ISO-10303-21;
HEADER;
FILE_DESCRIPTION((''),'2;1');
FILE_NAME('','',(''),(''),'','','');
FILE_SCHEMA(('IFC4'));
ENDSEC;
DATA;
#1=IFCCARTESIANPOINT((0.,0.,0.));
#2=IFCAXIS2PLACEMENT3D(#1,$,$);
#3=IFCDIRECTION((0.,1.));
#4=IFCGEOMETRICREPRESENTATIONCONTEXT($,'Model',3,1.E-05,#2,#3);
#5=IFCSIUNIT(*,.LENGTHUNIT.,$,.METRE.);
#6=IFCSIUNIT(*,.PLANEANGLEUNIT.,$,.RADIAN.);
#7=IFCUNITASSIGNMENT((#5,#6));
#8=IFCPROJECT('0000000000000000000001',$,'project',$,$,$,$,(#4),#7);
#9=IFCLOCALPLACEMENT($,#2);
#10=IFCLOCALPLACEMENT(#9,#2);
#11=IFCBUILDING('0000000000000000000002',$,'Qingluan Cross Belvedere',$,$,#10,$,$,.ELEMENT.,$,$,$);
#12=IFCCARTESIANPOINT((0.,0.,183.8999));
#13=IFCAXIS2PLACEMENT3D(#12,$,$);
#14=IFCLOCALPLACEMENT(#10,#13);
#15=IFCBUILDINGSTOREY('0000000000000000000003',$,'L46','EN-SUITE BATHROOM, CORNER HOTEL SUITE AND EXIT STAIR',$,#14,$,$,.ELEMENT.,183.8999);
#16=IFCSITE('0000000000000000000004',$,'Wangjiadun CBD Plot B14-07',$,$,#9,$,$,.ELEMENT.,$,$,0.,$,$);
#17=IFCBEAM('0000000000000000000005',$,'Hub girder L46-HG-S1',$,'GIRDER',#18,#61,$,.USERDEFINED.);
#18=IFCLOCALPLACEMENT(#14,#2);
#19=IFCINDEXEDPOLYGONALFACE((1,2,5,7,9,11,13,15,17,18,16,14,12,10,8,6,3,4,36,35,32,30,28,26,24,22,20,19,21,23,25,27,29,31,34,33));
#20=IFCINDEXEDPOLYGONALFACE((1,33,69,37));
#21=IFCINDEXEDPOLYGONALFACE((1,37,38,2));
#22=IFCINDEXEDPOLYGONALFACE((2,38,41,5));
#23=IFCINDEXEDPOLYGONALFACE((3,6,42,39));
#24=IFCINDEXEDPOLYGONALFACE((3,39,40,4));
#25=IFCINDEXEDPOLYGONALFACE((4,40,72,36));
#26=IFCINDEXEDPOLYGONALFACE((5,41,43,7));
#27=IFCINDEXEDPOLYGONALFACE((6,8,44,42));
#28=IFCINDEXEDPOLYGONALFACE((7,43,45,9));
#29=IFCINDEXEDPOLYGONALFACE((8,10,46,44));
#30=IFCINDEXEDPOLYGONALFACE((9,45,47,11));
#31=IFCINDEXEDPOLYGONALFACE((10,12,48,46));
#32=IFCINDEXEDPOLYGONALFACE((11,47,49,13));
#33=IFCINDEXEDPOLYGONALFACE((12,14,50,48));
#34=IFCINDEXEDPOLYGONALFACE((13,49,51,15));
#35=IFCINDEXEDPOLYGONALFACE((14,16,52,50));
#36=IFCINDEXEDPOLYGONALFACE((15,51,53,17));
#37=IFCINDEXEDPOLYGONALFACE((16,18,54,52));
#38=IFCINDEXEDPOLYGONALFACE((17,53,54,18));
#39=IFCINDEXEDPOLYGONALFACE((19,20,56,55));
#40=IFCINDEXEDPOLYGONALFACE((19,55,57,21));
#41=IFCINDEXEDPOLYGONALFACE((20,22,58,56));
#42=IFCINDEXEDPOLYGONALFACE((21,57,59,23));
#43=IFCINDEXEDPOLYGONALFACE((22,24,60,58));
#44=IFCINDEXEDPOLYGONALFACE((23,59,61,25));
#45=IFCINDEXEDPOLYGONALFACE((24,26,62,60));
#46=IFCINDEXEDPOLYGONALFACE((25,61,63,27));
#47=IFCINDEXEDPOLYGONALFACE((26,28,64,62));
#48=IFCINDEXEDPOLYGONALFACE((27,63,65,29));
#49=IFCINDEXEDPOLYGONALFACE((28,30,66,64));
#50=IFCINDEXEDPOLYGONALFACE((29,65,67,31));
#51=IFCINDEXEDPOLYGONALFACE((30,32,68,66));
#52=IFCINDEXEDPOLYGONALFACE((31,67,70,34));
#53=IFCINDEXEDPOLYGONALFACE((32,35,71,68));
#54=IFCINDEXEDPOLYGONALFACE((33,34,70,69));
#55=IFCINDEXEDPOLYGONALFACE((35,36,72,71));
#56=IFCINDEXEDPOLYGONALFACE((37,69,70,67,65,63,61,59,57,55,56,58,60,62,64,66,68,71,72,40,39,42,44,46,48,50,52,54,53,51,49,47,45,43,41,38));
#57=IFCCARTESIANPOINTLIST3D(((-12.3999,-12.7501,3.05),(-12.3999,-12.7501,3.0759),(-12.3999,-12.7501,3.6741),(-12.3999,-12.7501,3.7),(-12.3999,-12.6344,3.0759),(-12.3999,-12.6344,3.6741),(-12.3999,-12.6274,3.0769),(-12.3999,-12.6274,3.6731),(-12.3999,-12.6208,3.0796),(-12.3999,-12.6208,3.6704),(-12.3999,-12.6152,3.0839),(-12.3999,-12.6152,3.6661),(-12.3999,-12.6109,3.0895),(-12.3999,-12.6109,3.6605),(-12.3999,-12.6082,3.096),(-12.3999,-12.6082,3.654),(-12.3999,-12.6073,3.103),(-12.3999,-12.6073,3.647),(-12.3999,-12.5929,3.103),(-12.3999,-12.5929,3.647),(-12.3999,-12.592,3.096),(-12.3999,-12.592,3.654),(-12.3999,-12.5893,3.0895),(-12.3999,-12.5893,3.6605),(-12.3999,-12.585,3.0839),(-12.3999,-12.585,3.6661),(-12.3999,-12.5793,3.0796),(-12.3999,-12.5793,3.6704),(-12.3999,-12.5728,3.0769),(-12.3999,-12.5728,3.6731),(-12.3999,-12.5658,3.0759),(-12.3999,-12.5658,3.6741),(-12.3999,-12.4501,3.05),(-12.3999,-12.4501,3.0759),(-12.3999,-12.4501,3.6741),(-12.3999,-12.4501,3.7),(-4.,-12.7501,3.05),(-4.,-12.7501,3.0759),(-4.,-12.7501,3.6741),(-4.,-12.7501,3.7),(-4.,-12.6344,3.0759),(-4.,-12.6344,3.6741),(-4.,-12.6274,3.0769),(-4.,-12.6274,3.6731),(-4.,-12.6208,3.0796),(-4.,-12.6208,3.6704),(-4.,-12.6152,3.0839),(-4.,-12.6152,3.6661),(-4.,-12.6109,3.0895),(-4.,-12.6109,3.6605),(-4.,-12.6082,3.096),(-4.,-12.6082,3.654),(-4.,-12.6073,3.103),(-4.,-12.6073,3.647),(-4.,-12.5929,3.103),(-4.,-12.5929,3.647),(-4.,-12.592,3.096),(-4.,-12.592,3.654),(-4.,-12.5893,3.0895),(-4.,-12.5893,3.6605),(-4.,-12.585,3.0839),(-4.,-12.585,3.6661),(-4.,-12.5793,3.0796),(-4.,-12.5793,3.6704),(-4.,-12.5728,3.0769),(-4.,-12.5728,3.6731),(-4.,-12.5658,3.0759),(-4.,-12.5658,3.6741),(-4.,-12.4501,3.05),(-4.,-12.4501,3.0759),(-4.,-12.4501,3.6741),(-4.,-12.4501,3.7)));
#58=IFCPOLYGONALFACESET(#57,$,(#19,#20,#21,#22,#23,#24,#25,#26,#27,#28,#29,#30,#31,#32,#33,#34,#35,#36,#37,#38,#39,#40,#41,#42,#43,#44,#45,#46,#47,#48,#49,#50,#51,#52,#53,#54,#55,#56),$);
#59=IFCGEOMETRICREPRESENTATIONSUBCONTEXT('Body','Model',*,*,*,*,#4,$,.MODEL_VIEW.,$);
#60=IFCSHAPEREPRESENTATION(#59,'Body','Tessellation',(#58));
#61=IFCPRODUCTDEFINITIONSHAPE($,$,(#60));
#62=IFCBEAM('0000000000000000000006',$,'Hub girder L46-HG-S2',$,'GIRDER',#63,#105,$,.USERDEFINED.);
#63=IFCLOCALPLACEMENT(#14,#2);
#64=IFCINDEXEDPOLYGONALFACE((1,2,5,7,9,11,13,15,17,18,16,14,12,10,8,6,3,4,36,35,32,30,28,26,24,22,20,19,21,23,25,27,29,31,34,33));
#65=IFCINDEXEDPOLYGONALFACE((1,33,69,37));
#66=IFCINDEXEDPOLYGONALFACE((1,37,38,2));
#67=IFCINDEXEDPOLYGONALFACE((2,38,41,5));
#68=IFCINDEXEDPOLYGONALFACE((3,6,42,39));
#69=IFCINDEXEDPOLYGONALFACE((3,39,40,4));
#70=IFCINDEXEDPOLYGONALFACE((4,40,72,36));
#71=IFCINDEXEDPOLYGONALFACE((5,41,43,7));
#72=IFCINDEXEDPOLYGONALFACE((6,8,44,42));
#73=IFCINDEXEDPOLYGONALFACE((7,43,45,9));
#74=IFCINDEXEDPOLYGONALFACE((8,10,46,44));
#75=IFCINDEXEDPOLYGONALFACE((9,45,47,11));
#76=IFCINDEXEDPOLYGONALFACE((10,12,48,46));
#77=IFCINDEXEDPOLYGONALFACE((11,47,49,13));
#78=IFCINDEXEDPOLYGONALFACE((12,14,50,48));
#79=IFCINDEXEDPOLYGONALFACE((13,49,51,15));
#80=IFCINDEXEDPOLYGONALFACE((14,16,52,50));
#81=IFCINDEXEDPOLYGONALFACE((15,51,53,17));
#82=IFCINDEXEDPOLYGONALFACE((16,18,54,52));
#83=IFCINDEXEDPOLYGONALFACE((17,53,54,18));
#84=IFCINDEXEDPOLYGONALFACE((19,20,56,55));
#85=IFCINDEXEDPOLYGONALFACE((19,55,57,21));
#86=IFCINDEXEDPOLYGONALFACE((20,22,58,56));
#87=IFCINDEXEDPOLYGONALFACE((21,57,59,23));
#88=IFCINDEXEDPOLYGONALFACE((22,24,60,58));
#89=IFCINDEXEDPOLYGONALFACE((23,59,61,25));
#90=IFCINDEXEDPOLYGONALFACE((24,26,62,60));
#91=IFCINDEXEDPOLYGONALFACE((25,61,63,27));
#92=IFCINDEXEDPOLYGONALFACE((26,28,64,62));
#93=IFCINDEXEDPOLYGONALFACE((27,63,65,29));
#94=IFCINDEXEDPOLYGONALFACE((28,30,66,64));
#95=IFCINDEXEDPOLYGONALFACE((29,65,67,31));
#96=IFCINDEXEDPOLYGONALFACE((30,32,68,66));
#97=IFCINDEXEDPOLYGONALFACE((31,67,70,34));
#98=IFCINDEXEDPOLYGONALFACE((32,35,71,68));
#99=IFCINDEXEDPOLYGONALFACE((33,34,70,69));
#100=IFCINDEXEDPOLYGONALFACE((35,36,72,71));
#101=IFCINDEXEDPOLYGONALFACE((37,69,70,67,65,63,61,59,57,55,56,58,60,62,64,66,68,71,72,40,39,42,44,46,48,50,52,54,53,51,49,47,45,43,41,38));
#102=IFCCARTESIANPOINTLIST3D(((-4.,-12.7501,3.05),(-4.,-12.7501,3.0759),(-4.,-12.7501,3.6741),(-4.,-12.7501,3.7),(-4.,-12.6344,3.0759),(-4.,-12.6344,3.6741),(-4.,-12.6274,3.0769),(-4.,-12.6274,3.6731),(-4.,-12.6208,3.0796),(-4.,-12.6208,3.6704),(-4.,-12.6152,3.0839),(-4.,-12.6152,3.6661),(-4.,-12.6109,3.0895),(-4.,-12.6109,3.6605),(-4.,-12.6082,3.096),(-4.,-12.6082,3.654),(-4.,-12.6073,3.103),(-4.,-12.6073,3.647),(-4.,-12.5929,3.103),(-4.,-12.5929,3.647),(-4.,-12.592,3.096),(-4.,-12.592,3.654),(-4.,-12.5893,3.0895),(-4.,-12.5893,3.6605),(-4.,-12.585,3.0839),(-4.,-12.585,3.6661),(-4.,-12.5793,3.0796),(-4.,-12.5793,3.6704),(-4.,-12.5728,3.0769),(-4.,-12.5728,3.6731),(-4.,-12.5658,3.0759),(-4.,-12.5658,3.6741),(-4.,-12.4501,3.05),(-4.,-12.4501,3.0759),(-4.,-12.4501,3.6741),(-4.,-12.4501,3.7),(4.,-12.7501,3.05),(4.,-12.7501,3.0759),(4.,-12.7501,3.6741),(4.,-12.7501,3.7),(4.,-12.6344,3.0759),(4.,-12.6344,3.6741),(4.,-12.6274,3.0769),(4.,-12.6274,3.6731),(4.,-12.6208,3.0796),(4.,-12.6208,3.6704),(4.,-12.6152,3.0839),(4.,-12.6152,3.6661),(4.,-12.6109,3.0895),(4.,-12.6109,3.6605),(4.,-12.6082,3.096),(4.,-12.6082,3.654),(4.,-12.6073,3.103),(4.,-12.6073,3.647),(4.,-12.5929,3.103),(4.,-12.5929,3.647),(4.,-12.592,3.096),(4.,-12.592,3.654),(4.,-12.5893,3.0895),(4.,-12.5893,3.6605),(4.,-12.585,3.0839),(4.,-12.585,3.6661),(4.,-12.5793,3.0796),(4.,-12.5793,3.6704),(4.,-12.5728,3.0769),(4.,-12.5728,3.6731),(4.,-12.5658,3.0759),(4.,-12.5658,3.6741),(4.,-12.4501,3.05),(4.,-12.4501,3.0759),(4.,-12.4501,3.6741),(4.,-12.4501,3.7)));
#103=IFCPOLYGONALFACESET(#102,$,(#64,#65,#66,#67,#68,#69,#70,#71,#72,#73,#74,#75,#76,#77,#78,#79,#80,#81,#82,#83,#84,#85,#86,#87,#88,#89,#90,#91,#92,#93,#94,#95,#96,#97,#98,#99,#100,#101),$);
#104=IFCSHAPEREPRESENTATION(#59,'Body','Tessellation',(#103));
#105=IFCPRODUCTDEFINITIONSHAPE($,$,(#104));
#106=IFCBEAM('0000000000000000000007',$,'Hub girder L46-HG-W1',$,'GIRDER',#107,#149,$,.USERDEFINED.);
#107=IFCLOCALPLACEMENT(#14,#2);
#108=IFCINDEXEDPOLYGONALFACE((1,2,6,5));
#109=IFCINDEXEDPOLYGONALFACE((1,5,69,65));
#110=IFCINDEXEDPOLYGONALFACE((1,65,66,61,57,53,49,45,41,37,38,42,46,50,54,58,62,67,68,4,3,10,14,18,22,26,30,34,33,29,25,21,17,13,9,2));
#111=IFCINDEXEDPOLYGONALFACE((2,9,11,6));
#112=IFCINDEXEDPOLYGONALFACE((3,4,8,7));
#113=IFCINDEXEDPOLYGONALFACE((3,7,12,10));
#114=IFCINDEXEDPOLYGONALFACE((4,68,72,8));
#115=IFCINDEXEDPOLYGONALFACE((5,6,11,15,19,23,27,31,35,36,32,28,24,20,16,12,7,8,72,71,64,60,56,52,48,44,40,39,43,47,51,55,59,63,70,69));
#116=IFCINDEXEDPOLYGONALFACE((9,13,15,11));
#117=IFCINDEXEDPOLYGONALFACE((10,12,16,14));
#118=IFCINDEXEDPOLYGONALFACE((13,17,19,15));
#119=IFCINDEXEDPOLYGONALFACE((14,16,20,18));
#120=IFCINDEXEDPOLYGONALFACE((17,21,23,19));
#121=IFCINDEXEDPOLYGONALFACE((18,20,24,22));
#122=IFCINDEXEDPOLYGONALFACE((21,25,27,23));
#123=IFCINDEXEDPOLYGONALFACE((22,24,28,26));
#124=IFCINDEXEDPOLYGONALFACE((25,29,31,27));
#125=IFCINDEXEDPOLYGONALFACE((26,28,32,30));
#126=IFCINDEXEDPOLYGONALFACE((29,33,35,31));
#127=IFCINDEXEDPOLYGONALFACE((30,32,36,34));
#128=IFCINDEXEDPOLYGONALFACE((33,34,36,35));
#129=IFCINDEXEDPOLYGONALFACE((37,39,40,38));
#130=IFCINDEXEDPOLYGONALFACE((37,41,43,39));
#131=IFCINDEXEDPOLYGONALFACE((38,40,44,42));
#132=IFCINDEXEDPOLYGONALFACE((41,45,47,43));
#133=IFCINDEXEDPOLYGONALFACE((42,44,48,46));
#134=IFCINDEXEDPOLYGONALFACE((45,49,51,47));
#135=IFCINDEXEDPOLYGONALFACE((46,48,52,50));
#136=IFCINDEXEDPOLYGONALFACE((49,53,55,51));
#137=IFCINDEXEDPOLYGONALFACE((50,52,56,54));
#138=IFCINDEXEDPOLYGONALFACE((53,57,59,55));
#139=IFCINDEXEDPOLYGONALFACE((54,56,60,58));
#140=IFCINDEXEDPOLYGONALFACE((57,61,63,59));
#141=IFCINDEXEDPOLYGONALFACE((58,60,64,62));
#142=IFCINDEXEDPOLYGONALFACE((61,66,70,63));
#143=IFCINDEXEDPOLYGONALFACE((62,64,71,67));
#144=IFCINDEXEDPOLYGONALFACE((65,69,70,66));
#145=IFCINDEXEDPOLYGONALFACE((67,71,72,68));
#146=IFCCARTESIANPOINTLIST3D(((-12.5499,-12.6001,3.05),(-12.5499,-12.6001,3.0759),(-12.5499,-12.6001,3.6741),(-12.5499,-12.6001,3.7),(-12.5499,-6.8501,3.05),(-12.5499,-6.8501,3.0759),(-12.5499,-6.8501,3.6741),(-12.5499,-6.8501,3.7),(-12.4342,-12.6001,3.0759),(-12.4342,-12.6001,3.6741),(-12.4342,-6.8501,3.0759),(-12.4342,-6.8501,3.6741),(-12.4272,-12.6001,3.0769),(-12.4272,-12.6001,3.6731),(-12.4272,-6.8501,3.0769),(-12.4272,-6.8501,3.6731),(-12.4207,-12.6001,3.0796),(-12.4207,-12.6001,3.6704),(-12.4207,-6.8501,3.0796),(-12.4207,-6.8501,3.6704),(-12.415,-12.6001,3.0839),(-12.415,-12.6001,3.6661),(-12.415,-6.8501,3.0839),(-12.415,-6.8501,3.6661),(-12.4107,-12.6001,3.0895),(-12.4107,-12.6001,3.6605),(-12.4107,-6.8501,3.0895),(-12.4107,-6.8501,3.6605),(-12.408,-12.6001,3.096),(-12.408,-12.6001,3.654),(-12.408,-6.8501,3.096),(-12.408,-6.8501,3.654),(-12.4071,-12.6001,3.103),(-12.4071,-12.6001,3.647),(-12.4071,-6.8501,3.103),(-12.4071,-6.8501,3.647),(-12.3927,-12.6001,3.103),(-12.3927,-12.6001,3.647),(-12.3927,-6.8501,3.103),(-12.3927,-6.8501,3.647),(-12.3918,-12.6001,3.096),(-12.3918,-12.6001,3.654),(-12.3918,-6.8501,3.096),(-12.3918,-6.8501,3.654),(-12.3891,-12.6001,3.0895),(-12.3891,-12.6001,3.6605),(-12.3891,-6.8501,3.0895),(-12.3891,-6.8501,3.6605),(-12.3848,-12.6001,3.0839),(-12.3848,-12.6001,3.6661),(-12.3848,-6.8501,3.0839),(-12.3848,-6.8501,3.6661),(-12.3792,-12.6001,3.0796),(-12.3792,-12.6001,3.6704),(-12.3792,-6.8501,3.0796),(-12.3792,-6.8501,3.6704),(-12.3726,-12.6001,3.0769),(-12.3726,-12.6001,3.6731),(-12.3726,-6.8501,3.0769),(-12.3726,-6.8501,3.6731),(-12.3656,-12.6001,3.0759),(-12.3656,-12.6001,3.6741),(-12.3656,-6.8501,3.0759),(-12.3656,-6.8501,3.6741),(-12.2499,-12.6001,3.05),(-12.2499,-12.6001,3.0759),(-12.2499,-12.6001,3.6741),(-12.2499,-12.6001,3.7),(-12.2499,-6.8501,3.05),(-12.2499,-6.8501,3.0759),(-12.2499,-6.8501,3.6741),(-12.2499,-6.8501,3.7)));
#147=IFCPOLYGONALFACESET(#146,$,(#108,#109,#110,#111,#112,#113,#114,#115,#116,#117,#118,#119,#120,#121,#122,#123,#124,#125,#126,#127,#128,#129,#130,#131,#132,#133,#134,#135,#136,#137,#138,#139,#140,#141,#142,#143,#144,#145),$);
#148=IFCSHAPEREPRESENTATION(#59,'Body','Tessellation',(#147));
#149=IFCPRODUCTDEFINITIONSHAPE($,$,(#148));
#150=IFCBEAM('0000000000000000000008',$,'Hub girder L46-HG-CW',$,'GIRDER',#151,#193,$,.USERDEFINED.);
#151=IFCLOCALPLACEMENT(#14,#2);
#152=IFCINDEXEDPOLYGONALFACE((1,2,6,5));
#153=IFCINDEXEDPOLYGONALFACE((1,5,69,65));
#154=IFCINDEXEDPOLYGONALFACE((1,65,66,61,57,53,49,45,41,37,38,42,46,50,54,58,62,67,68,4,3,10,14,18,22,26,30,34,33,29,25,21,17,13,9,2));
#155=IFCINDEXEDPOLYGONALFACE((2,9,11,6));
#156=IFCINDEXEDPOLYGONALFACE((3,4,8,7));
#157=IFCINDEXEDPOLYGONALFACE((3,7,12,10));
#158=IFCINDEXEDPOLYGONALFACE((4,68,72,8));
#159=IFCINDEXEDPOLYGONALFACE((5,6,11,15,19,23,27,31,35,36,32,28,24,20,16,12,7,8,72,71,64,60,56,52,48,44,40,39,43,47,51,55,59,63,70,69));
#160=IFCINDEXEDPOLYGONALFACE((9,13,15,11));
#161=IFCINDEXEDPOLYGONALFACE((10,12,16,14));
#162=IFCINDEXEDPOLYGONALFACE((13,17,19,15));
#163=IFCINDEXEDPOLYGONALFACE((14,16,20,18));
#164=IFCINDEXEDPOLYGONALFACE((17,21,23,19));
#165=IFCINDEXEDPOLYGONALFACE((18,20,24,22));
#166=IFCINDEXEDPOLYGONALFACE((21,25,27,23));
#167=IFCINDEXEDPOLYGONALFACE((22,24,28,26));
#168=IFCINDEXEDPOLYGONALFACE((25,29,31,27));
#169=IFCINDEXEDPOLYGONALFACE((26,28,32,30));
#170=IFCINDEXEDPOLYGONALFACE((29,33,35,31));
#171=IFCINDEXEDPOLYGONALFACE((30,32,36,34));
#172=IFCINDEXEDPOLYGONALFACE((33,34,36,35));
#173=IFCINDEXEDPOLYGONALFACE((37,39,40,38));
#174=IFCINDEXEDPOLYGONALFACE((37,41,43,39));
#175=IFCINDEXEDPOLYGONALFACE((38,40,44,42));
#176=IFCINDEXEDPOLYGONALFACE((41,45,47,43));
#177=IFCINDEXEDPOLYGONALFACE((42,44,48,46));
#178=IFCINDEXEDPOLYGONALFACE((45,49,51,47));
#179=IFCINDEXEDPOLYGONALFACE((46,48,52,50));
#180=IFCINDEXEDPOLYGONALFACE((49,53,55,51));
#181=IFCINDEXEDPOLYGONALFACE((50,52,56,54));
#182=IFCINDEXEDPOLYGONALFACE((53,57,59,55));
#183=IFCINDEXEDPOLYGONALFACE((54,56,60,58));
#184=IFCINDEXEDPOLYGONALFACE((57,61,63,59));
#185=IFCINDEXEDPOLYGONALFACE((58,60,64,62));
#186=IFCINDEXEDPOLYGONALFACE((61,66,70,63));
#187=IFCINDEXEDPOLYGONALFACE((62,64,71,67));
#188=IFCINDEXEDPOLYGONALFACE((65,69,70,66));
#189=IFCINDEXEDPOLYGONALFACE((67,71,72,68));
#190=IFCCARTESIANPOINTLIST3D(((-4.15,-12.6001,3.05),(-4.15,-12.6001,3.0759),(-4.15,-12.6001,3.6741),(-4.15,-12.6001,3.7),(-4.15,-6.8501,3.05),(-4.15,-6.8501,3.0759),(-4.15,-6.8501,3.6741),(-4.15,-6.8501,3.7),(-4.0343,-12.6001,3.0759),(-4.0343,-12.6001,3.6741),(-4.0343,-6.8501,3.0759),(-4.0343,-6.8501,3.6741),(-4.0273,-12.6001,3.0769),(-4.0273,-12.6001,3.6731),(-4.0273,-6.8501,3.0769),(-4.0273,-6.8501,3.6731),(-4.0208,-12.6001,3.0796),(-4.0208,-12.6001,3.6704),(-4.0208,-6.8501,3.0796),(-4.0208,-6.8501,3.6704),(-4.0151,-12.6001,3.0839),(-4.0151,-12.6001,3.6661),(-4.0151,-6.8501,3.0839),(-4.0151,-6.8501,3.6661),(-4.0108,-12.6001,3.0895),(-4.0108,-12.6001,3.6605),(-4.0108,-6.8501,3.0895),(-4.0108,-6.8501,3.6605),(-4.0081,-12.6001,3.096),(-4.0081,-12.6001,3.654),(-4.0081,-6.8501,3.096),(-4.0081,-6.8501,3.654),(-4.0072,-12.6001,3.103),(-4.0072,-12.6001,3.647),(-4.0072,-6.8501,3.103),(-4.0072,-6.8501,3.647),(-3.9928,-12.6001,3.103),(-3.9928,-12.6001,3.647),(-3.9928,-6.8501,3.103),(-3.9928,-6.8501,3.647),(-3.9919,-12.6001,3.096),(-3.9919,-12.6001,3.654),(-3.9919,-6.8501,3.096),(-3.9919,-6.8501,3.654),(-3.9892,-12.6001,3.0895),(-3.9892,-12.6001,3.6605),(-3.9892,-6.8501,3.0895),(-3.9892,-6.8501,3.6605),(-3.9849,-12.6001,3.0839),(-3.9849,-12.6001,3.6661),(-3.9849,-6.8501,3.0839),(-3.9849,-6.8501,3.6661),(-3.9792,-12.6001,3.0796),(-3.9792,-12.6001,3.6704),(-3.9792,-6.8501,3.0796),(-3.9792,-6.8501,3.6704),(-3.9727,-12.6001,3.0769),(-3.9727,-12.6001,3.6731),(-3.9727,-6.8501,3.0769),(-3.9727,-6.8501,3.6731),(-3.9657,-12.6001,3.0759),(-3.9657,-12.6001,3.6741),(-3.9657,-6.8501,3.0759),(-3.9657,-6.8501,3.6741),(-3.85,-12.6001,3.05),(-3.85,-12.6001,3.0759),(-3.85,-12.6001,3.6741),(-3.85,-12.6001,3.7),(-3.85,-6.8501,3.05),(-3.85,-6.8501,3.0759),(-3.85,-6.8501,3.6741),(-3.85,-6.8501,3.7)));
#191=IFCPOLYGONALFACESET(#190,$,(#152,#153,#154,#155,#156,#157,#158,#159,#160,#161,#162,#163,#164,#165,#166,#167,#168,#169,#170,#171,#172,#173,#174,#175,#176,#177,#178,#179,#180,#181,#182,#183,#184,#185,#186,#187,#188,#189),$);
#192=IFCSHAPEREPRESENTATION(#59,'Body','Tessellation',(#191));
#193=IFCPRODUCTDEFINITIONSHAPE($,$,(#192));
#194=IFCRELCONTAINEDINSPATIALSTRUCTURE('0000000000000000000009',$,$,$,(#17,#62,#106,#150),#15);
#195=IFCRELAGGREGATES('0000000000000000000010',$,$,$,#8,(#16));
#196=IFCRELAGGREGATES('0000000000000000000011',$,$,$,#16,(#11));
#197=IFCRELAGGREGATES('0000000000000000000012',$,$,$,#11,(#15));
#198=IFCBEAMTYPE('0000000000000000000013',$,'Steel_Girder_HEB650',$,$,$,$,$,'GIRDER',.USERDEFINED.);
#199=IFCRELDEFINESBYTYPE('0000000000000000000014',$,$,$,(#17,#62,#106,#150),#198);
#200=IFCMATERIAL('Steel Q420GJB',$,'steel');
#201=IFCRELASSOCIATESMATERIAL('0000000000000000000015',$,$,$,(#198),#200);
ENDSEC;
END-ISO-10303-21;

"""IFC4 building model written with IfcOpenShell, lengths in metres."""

from ifc_helpers import new_model, si_unit, direction, frame, origin, origin_2d, place, context, subcontext, project, spatial, i_section, extrude, material, material_profile, profile_set, type_object, element, save


model = new_model("IFC4")

# Units and contexts
model_context = context("Model", 3, precision=1e-05, world=origin(), true_north=direction((0.0, 1.0)))
body_context = subcontext(model_context, "Body", "Model", "MODEL_VIEW")
ifc_project = project(units=[si_unit("LENGTHUNIT", "METRE"), si_unit("PLANEANGLEUNIT", "RADIAN")], contexts=[model_context])

# Site, building, storey
site_placement = place(None, origin())
site = spatial("IfcSite", under=ifc_project, at=site_placement, Name="Wangjiadun CBD Plot B14-07", CompositionType="ELEMENT", RefElevation=0.0)
building_placement = place(site_placement, origin())
building = spatial("IfcBuilding", under=site, at=building_placement, Name="Qingluan Cross Belvedere", CompositionType="ELEMENT")
storey_placement = place(building_placement, frame((0.0, 0.0, 183.8999)))
storey = spatial("IfcBuildingStorey", under=building, at=storey_placement, Name="L46", Description="EN-SUITE BATHROOM, CORNER HOTEL SUITE AND EXIT STAIR", CompositionType="ELEMENT", Elevation=183.8999)

# Beams
ifc_material_1 = material(Name="Steel Q420GJB", Category="steel")
ifc_material_profile_1 = material_profile(ifc_material_1, i_section(OverallWidth=0.3, OverallDepth=0.6499, WebThickness=0.0144, FlangeThickness=0.0259, FilletRadius=0.0271, at=origin_2d()), Name="HEB650")
ifc_profile_set_1 = profile_set([ifc_material_profile_1], Name="Steel Q420GJB")
beam_type_1 = type_object("IfcBeamType", Name="Steel_Girder_HEB650", ElementType="GIRDER", PredefinedType="USERDEFINED", material=ifc_profile_set_1)
beam_1_placement = place(storey_placement, frame((-12.3999, -12.6001, 3.375), z_axis=(1.0, 0.0, 0.0), x_axis=(0.0, 1.0, 0.0)))
element("IfcBeam", 1, at=beam_1_placement, inside=storey, type_object=beam_type_1, Name="Hub girder L46-HG-S1", ObjectType="GIRDER", PredefinedType="USERDEFINED", context=body_context, shape_type="SweptSolid", body=[
    extrude(i_section(OverallWidth=0.3, OverallDepth=0.6499, WebThickness=0.0144, FlangeThickness=0.0259, FilletRadius=0.0271, at=origin_2d()), origin(), (0.0, 0.0, 1.0), 8.3999),
])
beam_2_placement = place(storey_placement, frame((-4.0, -12.6001, 3.375), z_axis=(1.0, 0.0, 0.0), x_axis=(0.0, 1.0, 0.0)))
element("IfcBeam", 2, at=beam_2_placement, inside=storey, type_object=beam_type_1, Name="Hub girder L46-HG-S2", ObjectType="GIRDER", PredefinedType="USERDEFINED", context=body_context, shape_type="SweptSolid", body=[
    extrude(i_section(OverallWidth=0.3, OverallDepth=0.6499, WebThickness=0.0144, FlangeThickness=0.0259, FilletRadius=0.0271, at=origin_2d()), origin(), (0.0, 0.0, 1.0), 8.0),
])
for number, where, z_axis, x_axis, name in (
    (3, (-12.3999, -12.6001, 3.375), (0.0, 1.0, 0.0), (-1.0, 0.0, 0.0), "Hub girder L46-HG-W1"),
    (4, (-4.0, -12.6001, 3.375), (0.0, 1.0, 0.0), (-1.0, 0.0, 0.0), "Hub girder L46-HG-CW"),
):
    element("IfcBeam", number, at=place(storey_placement, frame(where, z_axis=z_axis, x_axis=x_axis)), inside=storey, type_object=beam_type_1, Name=name, ObjectType="GIRDER", PredefinedType="USERDEFINED", context=body_context, shape_type="SweptSolid", body=[
        extrude(i_section(OverallWidth=0.3, OverallDepth=0.6499, WebThickness=0.0144, FlangeThickness=0.0259, FilletRadius=0.0271, at=origin_2d()), origin(), (0.0, 0.0, 1.0), 5.75),
    ])

save(model, "model.ifc")
